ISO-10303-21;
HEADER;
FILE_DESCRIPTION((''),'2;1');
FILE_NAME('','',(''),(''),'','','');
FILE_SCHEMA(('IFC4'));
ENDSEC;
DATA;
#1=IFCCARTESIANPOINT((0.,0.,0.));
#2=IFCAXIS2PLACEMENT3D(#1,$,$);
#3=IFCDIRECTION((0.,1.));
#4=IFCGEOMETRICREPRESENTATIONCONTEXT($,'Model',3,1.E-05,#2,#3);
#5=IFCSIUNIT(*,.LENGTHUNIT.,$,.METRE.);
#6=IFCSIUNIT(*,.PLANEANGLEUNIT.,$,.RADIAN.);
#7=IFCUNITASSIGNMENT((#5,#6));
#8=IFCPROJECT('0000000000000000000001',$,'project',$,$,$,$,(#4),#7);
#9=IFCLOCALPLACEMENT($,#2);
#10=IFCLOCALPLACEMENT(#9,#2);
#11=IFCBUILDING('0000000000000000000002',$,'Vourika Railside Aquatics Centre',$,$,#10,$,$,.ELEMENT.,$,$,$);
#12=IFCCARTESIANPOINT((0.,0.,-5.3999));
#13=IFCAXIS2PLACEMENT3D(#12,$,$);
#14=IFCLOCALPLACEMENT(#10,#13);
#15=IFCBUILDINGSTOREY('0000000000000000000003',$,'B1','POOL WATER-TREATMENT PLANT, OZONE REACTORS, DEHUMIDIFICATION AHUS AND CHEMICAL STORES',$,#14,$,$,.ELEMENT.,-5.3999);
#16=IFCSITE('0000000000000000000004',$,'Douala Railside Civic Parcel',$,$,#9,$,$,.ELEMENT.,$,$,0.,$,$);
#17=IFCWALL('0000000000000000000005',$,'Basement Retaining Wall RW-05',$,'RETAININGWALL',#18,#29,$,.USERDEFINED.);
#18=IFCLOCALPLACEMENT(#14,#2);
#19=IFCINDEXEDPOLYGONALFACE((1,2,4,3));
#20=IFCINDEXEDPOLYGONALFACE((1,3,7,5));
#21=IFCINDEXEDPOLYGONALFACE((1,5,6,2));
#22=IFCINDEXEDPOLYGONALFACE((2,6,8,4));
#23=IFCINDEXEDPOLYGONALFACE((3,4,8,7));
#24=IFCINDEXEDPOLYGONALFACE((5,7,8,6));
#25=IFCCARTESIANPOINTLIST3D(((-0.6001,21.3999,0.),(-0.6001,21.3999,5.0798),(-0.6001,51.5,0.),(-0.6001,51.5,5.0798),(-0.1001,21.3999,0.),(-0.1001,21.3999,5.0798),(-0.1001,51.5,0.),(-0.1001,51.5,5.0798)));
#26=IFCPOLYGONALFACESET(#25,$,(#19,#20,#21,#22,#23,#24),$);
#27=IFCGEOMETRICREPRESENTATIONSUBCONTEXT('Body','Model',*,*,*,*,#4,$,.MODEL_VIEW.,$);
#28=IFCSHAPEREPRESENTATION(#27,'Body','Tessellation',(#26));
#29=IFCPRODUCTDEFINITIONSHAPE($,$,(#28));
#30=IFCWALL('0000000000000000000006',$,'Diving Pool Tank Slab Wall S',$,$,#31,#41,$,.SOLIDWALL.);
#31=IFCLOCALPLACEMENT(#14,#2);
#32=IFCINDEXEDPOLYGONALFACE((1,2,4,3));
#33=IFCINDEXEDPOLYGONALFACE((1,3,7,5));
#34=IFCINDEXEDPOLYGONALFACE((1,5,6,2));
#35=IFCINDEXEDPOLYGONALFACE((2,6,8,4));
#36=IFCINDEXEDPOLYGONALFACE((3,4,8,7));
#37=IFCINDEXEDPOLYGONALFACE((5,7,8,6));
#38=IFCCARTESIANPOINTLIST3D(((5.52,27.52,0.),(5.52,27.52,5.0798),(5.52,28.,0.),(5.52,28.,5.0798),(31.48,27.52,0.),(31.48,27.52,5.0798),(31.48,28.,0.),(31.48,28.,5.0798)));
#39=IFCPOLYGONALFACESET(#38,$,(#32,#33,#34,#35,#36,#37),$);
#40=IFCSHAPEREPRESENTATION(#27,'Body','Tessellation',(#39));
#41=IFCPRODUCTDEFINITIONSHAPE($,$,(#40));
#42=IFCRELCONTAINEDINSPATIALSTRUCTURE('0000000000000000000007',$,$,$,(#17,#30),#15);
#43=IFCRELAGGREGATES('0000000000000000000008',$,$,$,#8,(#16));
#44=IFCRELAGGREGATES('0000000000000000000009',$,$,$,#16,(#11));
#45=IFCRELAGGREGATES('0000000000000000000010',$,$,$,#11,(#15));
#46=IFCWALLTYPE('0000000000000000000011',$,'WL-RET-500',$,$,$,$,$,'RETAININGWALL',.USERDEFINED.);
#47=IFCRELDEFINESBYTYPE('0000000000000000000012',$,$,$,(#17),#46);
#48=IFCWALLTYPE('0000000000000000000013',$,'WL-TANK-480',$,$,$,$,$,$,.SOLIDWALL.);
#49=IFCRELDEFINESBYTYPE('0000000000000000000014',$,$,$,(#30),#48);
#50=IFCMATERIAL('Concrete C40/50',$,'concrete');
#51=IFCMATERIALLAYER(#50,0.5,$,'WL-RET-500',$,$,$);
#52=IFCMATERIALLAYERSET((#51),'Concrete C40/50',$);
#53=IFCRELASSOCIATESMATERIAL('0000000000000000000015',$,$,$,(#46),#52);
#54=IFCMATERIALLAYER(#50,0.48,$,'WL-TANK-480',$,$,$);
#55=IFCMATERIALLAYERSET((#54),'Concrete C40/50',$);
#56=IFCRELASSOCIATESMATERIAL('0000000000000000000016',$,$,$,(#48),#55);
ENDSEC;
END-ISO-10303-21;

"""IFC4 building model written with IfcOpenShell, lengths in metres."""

from ifc_helpers import new_model, si_unit, direction, frame, frame_2d, origin, place, context, subcontext, project, spatial, rectangle, extrude, material, layer, layer_set, type_object, element, save


model = new_model("IFC4")

# Units and contexts
model_context = context("Model", 3, precision=1e-05, world=origin(), true_north=direction((0.0, 1.0)))
body_context = subcontext(model_context, "Body", "Model", "MODEL_VIEW")
ifc_project = project(units=[si_unit("LENGTHUNIT", "METRE"), si_unit("PLANEANGLEUNIT", "RADIAN")], contexts=[model_context])

# Site, building, storey
site_placement = place(None, origin())
site = spatial("IfcSite", under=ifc_project, at=site_placement, Name="Douala Railside Civic Parcel", CompositionType="ELEMENT", RefElevation=0.0)
building_placement = place(site_placement, origin())
building = spatial("IfcBuilding", under=site, at=building_placement, Name="Vourika Railside Aquatics Centre", CompositionType="ELEMENT")
storey_placement = place(building_placement, frame((0.0, 0.0, -5.3999)))
storey = spatial("IfcBuildingStorey", under=building, at=storey_placement, Name="B1", Description="POOL WATER-TREATMENT PLANT, OZONE REACTORS, DEHUMIDIFICATION AHUS AND CHEMICAL STORES", CompositionType="ELEMENT", Elevation=-5.3999)

# Shared definitions
ifc_material_1 = material(Name="Concrete C40/50", Category="concrete")

# Walls
ifc_layer_1 = layer(ifc_material_1, 0.5, Name="WL-RET-500")
ifc_layer_set_1 = layer_set([ifc_layer_1], Name="Concrete C40/50")
wall_type_1 = type_object("IfcWallType", Name="WL-RET-500", ElementType="RETAININGWALL", PredefinedType="USERDEFINED", material=ifc_layer_set_1)
wall_1_placement = place(storey_placement, frame((-0.3501, 21.3999, 0.0), z_axis=(0.0, 0.0, 1.0), x_axis=(0.0, 1.0, 0.0)))
element("IfcWall", 1, at=wall_1_placement, inside=storey, type_object=wall_type_1, Name="Basement Retaining Wall RW-05", ObjectType="RETAININGWALL", PredefinedType="USERDEFINED", context=body_context, shape_type="SweptSolid", body=[
    extrude(rectangle(XDim=30.1001, YDim=0.5, at=frame_2d((15.05, 0.0))), origin(), (0.0, 0.0, 1.0), 5.0798),
])
ifc_layer_2 = layer(ifc_material_1, 0.48, Name="WL-TANK-480")
ifc_layer_set_2 = layer_set([ifc_layer_2], Name="Concrete C40/50")
wall_type_2 = type_object("IfcWallType", Name="WL-TANK-480", PredefinedType="SOLIDWALL", material=ifc_layer_set_2)
wall_2_placement = place(storey_placement, frame((5.52, 27.76, 0.0), z_axis=(0.0, 0.0, 1.0), x_axis=(1.0, 0.0, 0.0)))
element("IfcWall", 2, at=wall_2_placement, inside=storey, type_object=wall_type_2, Name="Diving Pool Tank Slab Wall S", PredefinedType="SOLIDWALL", context=body_context, shape_type="SweptSolid", body=[
    extrude(rectangle(XDim=25.96, YDim=0.48, at=frame_2d((12.98, 0.0))), origin(), (0.0, 0.0, 1.0), 5.0798),
])

save(model, "model.ifc")
